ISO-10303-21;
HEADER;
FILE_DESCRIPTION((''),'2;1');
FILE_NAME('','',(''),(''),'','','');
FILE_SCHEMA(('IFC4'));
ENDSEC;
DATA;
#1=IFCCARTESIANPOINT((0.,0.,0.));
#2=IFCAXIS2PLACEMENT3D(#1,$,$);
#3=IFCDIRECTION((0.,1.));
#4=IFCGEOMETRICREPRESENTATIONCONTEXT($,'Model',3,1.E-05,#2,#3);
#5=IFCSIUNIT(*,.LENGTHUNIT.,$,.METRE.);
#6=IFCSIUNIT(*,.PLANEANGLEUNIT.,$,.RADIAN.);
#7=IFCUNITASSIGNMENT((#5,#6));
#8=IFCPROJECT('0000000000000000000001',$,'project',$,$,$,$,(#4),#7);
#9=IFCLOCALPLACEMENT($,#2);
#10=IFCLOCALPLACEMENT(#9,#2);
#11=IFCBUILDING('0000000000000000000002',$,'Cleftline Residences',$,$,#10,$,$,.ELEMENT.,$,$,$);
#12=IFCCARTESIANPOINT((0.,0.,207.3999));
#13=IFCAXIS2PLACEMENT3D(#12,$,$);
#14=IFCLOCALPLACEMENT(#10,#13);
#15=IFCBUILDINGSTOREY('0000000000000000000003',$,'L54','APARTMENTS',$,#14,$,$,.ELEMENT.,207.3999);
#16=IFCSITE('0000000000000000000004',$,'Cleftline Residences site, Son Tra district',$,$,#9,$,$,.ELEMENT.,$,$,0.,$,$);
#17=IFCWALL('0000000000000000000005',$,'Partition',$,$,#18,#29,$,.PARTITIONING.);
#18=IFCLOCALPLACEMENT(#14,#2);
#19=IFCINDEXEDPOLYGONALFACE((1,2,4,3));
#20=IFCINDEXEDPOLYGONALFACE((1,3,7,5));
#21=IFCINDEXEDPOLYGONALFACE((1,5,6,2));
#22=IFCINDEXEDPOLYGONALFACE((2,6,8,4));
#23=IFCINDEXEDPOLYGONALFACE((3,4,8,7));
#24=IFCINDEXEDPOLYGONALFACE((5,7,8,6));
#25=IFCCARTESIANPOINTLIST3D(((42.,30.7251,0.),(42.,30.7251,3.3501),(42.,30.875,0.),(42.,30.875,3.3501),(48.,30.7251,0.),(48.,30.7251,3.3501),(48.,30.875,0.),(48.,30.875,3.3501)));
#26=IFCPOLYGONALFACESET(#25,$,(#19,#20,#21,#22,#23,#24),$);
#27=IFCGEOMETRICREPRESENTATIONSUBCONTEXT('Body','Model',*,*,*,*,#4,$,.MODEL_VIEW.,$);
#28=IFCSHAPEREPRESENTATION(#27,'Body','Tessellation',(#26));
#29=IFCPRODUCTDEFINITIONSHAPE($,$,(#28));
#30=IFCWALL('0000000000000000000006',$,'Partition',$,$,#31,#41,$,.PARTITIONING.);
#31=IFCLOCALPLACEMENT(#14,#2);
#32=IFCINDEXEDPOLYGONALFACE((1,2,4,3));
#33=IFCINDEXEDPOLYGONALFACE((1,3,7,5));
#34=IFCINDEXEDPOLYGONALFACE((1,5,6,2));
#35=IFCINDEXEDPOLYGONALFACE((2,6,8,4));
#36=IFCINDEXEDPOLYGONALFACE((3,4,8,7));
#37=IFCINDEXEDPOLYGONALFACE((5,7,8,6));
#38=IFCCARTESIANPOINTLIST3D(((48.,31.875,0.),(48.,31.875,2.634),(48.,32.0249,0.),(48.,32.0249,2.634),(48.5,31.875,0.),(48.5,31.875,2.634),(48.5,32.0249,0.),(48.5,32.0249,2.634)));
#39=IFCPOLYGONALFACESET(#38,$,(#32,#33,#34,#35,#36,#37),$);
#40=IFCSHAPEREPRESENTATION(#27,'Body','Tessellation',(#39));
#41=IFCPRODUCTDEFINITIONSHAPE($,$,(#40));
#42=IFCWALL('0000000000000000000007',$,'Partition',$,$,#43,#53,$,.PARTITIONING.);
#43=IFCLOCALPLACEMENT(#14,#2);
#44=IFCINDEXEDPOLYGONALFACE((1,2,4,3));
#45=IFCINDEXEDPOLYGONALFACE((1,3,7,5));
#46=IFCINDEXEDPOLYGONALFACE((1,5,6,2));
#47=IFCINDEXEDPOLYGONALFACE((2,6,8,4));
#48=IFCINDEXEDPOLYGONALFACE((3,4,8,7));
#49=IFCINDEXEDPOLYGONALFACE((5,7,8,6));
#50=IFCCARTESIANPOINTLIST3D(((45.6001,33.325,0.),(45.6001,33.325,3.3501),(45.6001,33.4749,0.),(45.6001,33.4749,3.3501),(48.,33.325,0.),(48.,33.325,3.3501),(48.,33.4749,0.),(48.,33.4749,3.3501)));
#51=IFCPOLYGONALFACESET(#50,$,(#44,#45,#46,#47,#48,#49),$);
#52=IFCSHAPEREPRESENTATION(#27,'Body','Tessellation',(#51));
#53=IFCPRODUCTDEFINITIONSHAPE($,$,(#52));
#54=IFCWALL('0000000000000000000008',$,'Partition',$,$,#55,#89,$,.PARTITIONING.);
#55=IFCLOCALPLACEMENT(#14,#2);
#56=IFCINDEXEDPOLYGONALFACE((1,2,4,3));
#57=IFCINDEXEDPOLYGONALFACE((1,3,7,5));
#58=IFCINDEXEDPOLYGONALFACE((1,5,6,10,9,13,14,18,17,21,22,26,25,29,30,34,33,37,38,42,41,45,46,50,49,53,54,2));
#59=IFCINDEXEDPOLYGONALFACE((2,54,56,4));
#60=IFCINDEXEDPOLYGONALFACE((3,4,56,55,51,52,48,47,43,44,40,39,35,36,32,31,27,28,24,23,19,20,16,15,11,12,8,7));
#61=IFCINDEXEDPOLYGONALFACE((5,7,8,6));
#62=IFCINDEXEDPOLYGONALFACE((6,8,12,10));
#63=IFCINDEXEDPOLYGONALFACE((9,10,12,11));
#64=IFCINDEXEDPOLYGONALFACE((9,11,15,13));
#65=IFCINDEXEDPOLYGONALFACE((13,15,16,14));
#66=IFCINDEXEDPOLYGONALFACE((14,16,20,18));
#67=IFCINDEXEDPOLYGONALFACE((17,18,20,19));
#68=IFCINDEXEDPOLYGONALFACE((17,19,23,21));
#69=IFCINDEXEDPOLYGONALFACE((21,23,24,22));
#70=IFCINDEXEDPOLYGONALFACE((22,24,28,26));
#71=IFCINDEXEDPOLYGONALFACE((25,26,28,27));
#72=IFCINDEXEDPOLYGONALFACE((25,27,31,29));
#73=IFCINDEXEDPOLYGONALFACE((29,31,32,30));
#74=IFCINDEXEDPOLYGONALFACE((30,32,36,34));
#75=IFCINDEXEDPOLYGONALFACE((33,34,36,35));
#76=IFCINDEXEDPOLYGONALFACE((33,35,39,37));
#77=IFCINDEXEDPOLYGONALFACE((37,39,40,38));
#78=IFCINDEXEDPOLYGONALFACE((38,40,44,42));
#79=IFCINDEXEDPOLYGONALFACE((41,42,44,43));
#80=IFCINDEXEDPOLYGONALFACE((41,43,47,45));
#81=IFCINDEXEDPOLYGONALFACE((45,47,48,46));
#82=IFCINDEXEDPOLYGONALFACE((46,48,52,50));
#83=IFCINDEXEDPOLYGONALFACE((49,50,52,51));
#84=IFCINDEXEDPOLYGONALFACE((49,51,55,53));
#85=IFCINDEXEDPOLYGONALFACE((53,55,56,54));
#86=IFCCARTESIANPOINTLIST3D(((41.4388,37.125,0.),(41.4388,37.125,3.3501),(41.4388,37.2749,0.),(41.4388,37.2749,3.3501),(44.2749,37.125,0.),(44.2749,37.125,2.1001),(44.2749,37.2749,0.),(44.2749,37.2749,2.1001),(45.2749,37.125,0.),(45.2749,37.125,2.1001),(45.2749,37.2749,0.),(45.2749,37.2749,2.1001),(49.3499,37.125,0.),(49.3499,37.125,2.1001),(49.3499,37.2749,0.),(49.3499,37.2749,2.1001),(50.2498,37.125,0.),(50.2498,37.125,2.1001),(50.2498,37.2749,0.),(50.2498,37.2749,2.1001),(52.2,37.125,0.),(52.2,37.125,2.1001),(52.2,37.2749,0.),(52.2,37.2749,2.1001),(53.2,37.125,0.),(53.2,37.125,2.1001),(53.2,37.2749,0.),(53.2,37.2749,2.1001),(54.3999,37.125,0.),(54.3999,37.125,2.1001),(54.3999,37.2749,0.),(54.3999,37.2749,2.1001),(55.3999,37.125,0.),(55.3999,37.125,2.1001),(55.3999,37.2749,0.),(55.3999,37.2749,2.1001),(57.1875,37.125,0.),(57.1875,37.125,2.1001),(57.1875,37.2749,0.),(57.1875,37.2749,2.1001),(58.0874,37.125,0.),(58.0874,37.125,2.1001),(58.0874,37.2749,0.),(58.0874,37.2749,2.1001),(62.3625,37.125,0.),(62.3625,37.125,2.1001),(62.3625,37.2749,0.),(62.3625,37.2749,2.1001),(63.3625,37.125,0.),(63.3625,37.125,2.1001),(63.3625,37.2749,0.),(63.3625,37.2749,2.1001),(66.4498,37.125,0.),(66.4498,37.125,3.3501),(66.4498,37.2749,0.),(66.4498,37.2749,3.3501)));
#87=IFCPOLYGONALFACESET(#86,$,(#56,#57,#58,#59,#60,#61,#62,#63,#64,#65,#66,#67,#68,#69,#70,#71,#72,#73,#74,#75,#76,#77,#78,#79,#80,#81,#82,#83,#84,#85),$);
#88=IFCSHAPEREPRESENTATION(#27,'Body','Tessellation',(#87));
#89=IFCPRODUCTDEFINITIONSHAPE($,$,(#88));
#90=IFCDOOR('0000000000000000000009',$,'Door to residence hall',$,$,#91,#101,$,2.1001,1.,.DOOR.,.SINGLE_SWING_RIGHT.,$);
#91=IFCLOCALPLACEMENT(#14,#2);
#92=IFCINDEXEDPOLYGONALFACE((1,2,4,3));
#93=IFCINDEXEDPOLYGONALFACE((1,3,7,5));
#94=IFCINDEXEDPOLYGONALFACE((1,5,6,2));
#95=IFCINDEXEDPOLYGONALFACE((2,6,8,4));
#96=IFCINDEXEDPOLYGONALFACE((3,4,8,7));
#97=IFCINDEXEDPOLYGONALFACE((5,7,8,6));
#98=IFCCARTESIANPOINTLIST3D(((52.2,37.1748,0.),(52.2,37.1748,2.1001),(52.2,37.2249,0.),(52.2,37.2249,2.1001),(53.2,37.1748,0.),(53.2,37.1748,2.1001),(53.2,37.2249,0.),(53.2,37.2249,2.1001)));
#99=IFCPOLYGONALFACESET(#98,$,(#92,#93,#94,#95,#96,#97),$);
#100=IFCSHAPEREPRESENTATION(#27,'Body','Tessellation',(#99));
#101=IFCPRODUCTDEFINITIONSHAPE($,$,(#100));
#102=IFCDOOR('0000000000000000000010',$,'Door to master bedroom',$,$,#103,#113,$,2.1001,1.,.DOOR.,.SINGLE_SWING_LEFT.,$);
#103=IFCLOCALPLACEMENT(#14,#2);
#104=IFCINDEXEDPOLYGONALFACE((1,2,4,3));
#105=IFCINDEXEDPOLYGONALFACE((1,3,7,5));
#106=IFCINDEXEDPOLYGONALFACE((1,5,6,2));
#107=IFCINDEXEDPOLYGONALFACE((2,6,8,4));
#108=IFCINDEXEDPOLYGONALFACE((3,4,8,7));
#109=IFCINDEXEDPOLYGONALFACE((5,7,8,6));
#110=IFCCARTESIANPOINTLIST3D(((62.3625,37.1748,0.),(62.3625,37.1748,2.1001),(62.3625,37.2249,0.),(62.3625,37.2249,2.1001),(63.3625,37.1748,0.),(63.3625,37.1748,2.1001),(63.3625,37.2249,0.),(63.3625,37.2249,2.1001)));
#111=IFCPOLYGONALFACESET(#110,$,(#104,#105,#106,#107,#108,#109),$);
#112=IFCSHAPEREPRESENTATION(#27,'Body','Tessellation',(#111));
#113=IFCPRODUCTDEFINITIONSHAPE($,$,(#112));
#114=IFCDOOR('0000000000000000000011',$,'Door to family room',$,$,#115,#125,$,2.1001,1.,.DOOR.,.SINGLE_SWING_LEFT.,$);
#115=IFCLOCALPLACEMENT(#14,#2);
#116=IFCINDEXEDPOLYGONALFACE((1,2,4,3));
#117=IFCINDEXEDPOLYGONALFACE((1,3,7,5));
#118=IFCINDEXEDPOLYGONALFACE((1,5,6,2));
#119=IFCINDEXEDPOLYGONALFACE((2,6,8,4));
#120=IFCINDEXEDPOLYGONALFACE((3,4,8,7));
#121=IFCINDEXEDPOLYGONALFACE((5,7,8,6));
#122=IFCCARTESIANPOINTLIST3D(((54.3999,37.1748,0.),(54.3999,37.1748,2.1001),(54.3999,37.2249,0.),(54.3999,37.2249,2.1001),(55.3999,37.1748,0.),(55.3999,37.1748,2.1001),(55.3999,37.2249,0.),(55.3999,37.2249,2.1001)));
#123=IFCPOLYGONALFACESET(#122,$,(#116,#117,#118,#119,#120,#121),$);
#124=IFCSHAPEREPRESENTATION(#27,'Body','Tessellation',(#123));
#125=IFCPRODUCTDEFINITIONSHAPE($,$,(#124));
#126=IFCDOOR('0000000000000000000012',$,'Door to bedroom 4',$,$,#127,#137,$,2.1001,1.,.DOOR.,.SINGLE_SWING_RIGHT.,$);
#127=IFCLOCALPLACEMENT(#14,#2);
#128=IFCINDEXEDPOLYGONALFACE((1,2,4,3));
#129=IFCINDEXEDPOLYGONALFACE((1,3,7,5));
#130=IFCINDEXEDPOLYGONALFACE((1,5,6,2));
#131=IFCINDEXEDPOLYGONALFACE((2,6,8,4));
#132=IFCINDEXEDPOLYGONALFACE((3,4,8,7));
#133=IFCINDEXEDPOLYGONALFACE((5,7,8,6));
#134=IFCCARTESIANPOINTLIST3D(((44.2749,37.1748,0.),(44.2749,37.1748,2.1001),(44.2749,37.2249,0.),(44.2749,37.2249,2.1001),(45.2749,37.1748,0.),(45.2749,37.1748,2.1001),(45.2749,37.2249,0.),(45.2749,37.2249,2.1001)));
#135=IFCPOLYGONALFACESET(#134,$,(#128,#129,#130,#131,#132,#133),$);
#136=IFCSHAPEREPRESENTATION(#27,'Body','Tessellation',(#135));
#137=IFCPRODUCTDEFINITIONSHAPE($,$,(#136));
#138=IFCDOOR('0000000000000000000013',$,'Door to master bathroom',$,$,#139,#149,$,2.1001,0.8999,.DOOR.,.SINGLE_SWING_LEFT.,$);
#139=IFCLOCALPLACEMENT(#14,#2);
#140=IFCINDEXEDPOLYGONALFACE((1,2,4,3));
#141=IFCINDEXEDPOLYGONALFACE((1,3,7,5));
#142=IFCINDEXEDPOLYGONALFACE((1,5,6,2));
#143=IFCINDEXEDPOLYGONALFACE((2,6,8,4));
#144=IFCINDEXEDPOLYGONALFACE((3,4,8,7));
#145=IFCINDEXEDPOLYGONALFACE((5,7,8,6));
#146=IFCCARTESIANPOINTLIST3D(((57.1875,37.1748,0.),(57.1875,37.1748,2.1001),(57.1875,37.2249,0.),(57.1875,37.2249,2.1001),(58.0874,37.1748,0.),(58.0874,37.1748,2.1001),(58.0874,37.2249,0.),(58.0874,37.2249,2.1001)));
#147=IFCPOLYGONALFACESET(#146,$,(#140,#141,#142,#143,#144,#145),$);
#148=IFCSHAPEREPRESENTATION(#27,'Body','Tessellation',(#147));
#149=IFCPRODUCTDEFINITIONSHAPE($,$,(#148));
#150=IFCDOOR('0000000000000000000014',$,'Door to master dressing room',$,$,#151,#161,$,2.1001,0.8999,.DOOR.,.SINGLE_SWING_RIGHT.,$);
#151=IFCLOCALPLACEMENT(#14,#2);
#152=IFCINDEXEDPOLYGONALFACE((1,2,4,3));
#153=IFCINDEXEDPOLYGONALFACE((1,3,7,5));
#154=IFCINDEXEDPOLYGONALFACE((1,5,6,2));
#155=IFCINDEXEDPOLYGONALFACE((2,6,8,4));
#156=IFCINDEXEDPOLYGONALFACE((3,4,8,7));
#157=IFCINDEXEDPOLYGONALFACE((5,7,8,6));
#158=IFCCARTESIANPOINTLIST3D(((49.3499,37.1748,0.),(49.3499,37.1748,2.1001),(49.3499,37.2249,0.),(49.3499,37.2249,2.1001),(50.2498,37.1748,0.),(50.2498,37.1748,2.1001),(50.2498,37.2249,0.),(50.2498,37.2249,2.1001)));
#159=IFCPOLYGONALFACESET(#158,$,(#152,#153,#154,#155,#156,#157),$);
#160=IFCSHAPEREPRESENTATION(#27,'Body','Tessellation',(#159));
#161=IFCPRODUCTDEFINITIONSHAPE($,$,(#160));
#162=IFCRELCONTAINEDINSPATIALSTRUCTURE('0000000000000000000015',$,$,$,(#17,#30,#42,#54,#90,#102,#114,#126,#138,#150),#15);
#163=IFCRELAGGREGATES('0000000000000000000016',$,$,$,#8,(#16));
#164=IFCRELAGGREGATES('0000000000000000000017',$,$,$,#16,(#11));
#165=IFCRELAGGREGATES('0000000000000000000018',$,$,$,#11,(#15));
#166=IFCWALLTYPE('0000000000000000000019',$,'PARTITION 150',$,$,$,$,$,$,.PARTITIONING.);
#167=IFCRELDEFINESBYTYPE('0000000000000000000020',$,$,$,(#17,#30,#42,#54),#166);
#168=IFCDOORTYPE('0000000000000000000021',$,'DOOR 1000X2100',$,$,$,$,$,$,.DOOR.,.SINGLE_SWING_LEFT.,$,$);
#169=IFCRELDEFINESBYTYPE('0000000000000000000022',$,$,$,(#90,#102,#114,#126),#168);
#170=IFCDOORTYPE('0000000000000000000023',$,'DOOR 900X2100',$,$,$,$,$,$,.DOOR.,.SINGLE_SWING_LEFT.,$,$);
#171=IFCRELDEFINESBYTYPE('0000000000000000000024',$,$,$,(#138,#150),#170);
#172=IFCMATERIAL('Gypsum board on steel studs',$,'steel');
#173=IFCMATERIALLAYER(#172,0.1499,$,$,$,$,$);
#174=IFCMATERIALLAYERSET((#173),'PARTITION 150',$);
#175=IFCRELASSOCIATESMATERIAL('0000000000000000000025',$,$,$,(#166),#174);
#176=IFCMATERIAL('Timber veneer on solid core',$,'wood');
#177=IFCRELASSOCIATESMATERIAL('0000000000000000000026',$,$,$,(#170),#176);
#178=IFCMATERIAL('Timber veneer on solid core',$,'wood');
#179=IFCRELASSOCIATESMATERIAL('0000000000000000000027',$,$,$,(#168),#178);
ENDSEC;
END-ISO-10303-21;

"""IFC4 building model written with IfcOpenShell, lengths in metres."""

from ifc_helpers import new_model, si_unit, direction, frame, frame_2d, origin, place, context, subcontext, project, spatial, rectangle, extrude, material, layer, layer_set, type_object, element, fill, save


model = new_model("IFC4")

# Units and contexts
model_context = context("Model", 3, precision=1e-05, world=origin(), true_north=direction((0.0, 1.0)))
body_context = subcontext(model_context, "Body", "Model", "MODEL_VIEW")
ifc_project = project(units=[si_unit("LENGTHUNIT", "METRE"), si_unit("PLANEANGLEUNIT", "RADIAN")], contexts=[model_context])

# Site, building, storey
site_placement = place(None, origin())
site = spatial("IfcSite", under=ifc_project, at=site_placement, Name="Cleftline Residences site, Son Tra district", CompositionType="ELEMENT", RefElevation=0.0)
building_placement = place(site_placement, origin())
building = spatial("IfcBuilding", under=site, at=building_placement, Name="Cleftline Residences", CompositionType="ELEMENT")
storey_placement = place(building_placement, frame((0.0, 0.0, 207.3999)))
storey = spatial("IfcBuildingStorey", under=building, at=storey_placement, Name="L54", Description="APARTMENTS", CompositionType="ELEMENT", Elevation=207.3999)

# Shared definitions
ifc_material_1 = material(Name="Gypsum board on steel studs", Category="steel")
ifc_layer_1 = layer(ifc_material_1, 0.1499)
ifc_layer_set_1 = layer_set([ifc_layer_1], Name="PARTITION 150")
wall_type_1 = type_object("IfcWallType", Name="PARTITION 150", PredefinedType="PARTITIONING", material=ifc_layer_set_1)
ifc_material_2 = material(Name="Timber veneer on solid core", Category="wood")
door_type_1 = type_object("IfcDoorType", Name="DOOR 900X2100", OperationType="SINGLE_SWING_LEFT", PredefinedType="DOOR", material=ifc_material_2)
ifc_material_3 = material(Name="Timber veneer on solid core", Category="wood")
door_type_2 = type_object("IfcDoorType", Name="DOOR 1000X2100", OperationType="SINGLE_SWING_LEFT", PredefinedType="DOOR", material=ifc_material_3)

# Walls
wall_1_placement = place(storey_placement, frame((42.0, 30.8, 0.0), z_axis=(0.0, 0.0, 1.0), x_axis=(1.0, 0.0, 0.0)))
element("IfcWall", 1, at=wall_1_placement, inside=storey, type_object=wall_type_1, Name="Partition", PredefinedType="PARTITIONING", context=body_context, shape_type="SweptSolid", body=[
    extrude(rectangle(XDim=6.0, YDim=0.1499, at=frame_2d((3.0, 0.0))), origin(), (0.0, 0.0, 1.0), 3.3501),
])
wall_2_placement = place(storey_placement, frame((48.0, 31.95, 0.0), z_axis=(0.0, 0.0, 1.0), x_axis=(1.0, 0.0, 0.0)))
element("IfcWall", 2, at=wall_2_placement, inside=storey, type_object=wall_type_1, Name="Partition", PredefinedType="PARTITIONING", context=body_context, shape_type="SweptSolid", body=[
    extrude(rectangle(XDim=0.5, YDim=0.1499, at=frame_2d((0.25, 0.0))), origin(), (0.0, 0.0, 1.0), 2.634),
])
wall_3_placement = place(storey_placement, frame((45.6001, 33.3999, 0.0), z_axis=(0.0, 0.0, 1.0), x_axis=(1.0, 0.0, 0.0)))
element("IfcWall", 3, at=wall_3_placement, inside=storey, type_object=wall_type_1, Name="Partition", PredefinedType="PARTITIONING", context=body_context, shape_type="SweptSolid", body=[
    extrude(rectangle(XDim=2.3999, YDim=0.1499, at=frame_2d((1.2, 0.0))), origin(), (0.0, 0.0, 1.0), 3.3501),
])

# Wall, openings, doors
wall_4_placement = place(storey_placement, frame((41.439, 37.2, 0.0), z_axis=(0.0, 0.0, 1.0), x_axis=(1.0, 0.0, 0.0)))
wall_4 = element("IfcWall", 4, at=wall_4_placement, inside=storey, type_object=wall_type_1, Name="Partition", PredefinedType="PARTITIONING", context=body_context, shape_type="SweptSolid", body=[
    extrude(rectangle(XDim=25.011, YDim=0.1499, at=frame_2d((12.5054, 0.0))), origin(), (0.0, 0.0, 1.0), 3.3501),
])
opening_1_placement = place(wall_4_placement, frame((10.761, 0.0, 0.0)))
opening_1 = element("IfcOpeningElement", 5, at=opening_1_placement, cuts=wall_4, PredefinedType="OPENING", context=body_context, shape_type="SweptSolid", body=[
    extrude(rectangle(XDim=1.0, YDim=2.1001, at=frame_2d((0.5, 1.05))), frame((0.0, 0.085, 0.0), z_axis=(0.0, -1.0, 0.0), x_axis=(1.0, 0.0, 0.0)), (0.0, 0.0, 1.0), 0.1699),
])
opening_2_placement = place(wall_4_placement, frame((20.9236, 0.0, 0.0)))
opening_2 = element("IfcOpeningElement", 6, at=opening_2_placement, cuts=wall_4, PredefinedType="OPENING", context=body_context, shape_type="SweptSolid", body=[
    extrude(rectangle(XDim=1.0, YDim=2.1001, at=frame_2d((0.5, 1.05))), frame((0.0, 0.085, 0.0), z_axis=(0.0, -1.0, 0.0), x_axis=(1.0, 0.0, 0.0)), (0.0, 0.0, 1.0), 0.1699),
])
opening_3_placement = place(wall_4_placement, frame((15.7485, 0.0, 0.0)))
opening_3 = element("IfcOpeningElement", 7, at=opening_3_placement, cuts=wall_4, PredefinedType="OPENING", context=body_context, shape_type="SweptSolid", body=[
    extrude(rectangle(XDim=0.8999, YDim=2.1001, at=frame_2d((0.45, 1.05))), frame((0.0, 0.085, 0.0), z_axis=(0.0, -1.0, 0.0), x_axis=(1.0, 0.0, 0.0)), (0.0, 0.0, 1.0), 0.1699),
])
opening_4_placement = place(wall_4_placement, frame((12.9609, 0.0, 0.0)))
opening_4 = element("IfcOpeningElement", 8, at=opening_4_placement, cuts=wall_4, PredefinedType="OPENING", context=body_context, shape_type="SweptSolid", body=[
    extrude(rectangle(XDim=1.0, YDim=2.1001, at=frame_2d((0.5, 1.05))), frame((0.0, 0.085, 0.0), z_axis=(0.0, -1.0, 0.0), x_axis=(1.0, 0.0, 0.0)), (0.0, 0.0, 1.0), 0.1699),
])
opening_5_placement = place(wall_4_placement, frame((7.9109, 0.0, 0.0)))
opening_5 = element("IfcOpeningElement", 9, at=opening_5_placement, cuts=wall_4, PredefinedType="OPENING", context=body_context, shape_type="SweptSolid", body=[
    extrude(rectangle(XDim=0.8999, YDim=2.1001, at=frame_2d((0.45, 1.05))), frame((0.0, 0.085, 0.0), z_axis=(0.0, -1.0, 0.0), x_axis=(1.0, 0.0, 0.0)), (0.0, 0.0, 1.0), 0.1699),
])
opening_6_placement = place(wall_4_placement, frame((2.8359, 0.0, 0.0)))
opening_6 = element("IfcOpeningElement", 10, at=opening_6_placement, cuts=wall_4, PredefinedType="OPENING", context=body_context, shape_type="SweptSolid", body=[
    extrude(rectangle(XDim=1.0, YDim=2.1001, at=frame_2d((0.5, 1.05))), frame((0.0, 0.085, 0.0), z_axis=(0.0, -1.0, 0.0), x_axis=(1.0, 0.0, 0.0)), (0.0, 0.0, 1.0), 0.1699),
])
door_1_placement = place(opening_1_placement, origin())
door_1 = element("IfcDoor", 11, at=door_1_placement, inside=storey, type_object=door_type_2, Name="Door to residence hall", OperationType="SINGLE_SWING_RIGHT", OverallHeight=2.1001, OverallWidth=1.0, PredefinedType="DOOR", context=body_context, shape_type="SweptSolid", body=[
    extrude(rectangle(XDim=1.0, YDim=2.1001, at=frame_2d((0.5, 1.05))), frame((0.0, 0.0249, 0.0), z_axis=(0.0, -1.0, 0.0), x_axis=(1.0, 0.0, 0.0)), (0.0, 0.0, 1.0), 0.05),
])
fill(opening_1, door_1)
door_2_placement = place(opening_2_placement, origin())
door_2 = element("IfcDoor", 12, at=door_2_placement, inside=storey, type_object=door_type_2, Name="Door to master bedroom", OperationType="SINGLE_SWING_LEFT", OverallHeight=2.1001, OverallWidth=1.0, PredefinedType="DOOR", context=body_context, shape_type="SweptSolid", body=[
    extrude(rectangle(XDim=1.0, YDim=2.1001, at=frame_2d((0.5, 1.05))), frame((0.0, 0.0249, 0.0), z_axis=(0.0, -1.0, 0.0), x_axis=(1.0, 0.0, 0.0)), (0.0, 0.0, 1.0), 0.05),
])
fill(opening_2, door_2)
door_3_placement = place(opening_4_placement, origin())
door_3 = element("IfcDoor", 13, at=door_3_placement, inside=storey, type_object=door_type_2, Name="Door to family room", OperationType="SINGLE_SWING_LEFT", OverallHeight=2.1001, OverallWidth=1.0, PredefinedType="DOOR", context=body_context, shape_type="SweptSolid", body=[
    extrude(rectangle(XDim=1.0, YDim=2.1001, at=frame_2d((0.5, 1.05))), frame((0.0, 0.0249, 0.0), z_axis=(0.0, -1.0, 0.0), x_axis=(1.0, 0.0, 0.0)), (0.0, 0.0, 1.0), 0.05),
])
fill(opening_4, door_3)
door_4_placement = place(opening_6_placement, origin())
door_4 = element("IfcDoor", 14, at=door_4_placement, inside=storey, type_object=door_type_2, Name="Door to bedroom 4", OperationType="SINGLE_SWING_RIGHT", OverallHeight=2.1001, OverallWidth=1.0, PredefinedType="DOOR", context=body_context, shape_type="SweptSolid", body=[
    extrude(rectangle(XDim=1.0, YDim=2.1001, at=frame_2d((0.5, 1.05))), frame((0.0, 0.0249, 0.0), z_axis=(0.0, -1.0, 0.0), x_axis=(1.0, 0.0, 0.0)), (0.0, 0.0, 1.0), 0.05),
])
fill(opening_6, door_4)
door_5_placement = place(opening_3_placement, origin())
door_5 = element("IfcDoor", 15, at=door_5_placement, inside=storey, type_object=door_type_1, Name="Door to master bathroom", OperationType="SINGLE_SWING_LEFT", OverallHeight=2.1001, OverallWidth=0.8999, PredefinedType="DOOR", context=body_context, shape_type="SweptSolid", body=[
    extrude(rectangle(XDim=0.8999, YDim=2.1001, at=frame_2d((0.45, 1.05))), frame((0.0, 0.0249, 0.0), z_axis=(0.0, -1.0, 0.0), x_axis=(1.0, 0.0, 0.0)), (0.0, 0.0, 1.0), 0.05),
])
fill(opening_3, door_5)
door_6_placement = place(opening_5_placement, origin())
door_6 = element("IfcDoor", 16, at=door_6_placement, inside=storey, type_object=door_type_1, Name="Door to master dressing room", OperationType="SINGLE_SWING_RIGHT", OverallHeight=2.1001, OverallWidth=0.8999, PredefinedType="DOOR", context=body_context, shape_type="SweptSolid", body=[
    extrude(rectangle(XDim=0.8999, YDim=2.1001, at=frame_2d((0.45, 1.05))), frame((0.0, 0.0249, 0.0), z_axis=(0.0, -1.0, 0.0), x_axis=(1.0, 0.0, 0.0)), (0.0, 0.0, 1.0), 0.05),
])
fill(opening_5, door_6)

save(model, "model.ifc")
